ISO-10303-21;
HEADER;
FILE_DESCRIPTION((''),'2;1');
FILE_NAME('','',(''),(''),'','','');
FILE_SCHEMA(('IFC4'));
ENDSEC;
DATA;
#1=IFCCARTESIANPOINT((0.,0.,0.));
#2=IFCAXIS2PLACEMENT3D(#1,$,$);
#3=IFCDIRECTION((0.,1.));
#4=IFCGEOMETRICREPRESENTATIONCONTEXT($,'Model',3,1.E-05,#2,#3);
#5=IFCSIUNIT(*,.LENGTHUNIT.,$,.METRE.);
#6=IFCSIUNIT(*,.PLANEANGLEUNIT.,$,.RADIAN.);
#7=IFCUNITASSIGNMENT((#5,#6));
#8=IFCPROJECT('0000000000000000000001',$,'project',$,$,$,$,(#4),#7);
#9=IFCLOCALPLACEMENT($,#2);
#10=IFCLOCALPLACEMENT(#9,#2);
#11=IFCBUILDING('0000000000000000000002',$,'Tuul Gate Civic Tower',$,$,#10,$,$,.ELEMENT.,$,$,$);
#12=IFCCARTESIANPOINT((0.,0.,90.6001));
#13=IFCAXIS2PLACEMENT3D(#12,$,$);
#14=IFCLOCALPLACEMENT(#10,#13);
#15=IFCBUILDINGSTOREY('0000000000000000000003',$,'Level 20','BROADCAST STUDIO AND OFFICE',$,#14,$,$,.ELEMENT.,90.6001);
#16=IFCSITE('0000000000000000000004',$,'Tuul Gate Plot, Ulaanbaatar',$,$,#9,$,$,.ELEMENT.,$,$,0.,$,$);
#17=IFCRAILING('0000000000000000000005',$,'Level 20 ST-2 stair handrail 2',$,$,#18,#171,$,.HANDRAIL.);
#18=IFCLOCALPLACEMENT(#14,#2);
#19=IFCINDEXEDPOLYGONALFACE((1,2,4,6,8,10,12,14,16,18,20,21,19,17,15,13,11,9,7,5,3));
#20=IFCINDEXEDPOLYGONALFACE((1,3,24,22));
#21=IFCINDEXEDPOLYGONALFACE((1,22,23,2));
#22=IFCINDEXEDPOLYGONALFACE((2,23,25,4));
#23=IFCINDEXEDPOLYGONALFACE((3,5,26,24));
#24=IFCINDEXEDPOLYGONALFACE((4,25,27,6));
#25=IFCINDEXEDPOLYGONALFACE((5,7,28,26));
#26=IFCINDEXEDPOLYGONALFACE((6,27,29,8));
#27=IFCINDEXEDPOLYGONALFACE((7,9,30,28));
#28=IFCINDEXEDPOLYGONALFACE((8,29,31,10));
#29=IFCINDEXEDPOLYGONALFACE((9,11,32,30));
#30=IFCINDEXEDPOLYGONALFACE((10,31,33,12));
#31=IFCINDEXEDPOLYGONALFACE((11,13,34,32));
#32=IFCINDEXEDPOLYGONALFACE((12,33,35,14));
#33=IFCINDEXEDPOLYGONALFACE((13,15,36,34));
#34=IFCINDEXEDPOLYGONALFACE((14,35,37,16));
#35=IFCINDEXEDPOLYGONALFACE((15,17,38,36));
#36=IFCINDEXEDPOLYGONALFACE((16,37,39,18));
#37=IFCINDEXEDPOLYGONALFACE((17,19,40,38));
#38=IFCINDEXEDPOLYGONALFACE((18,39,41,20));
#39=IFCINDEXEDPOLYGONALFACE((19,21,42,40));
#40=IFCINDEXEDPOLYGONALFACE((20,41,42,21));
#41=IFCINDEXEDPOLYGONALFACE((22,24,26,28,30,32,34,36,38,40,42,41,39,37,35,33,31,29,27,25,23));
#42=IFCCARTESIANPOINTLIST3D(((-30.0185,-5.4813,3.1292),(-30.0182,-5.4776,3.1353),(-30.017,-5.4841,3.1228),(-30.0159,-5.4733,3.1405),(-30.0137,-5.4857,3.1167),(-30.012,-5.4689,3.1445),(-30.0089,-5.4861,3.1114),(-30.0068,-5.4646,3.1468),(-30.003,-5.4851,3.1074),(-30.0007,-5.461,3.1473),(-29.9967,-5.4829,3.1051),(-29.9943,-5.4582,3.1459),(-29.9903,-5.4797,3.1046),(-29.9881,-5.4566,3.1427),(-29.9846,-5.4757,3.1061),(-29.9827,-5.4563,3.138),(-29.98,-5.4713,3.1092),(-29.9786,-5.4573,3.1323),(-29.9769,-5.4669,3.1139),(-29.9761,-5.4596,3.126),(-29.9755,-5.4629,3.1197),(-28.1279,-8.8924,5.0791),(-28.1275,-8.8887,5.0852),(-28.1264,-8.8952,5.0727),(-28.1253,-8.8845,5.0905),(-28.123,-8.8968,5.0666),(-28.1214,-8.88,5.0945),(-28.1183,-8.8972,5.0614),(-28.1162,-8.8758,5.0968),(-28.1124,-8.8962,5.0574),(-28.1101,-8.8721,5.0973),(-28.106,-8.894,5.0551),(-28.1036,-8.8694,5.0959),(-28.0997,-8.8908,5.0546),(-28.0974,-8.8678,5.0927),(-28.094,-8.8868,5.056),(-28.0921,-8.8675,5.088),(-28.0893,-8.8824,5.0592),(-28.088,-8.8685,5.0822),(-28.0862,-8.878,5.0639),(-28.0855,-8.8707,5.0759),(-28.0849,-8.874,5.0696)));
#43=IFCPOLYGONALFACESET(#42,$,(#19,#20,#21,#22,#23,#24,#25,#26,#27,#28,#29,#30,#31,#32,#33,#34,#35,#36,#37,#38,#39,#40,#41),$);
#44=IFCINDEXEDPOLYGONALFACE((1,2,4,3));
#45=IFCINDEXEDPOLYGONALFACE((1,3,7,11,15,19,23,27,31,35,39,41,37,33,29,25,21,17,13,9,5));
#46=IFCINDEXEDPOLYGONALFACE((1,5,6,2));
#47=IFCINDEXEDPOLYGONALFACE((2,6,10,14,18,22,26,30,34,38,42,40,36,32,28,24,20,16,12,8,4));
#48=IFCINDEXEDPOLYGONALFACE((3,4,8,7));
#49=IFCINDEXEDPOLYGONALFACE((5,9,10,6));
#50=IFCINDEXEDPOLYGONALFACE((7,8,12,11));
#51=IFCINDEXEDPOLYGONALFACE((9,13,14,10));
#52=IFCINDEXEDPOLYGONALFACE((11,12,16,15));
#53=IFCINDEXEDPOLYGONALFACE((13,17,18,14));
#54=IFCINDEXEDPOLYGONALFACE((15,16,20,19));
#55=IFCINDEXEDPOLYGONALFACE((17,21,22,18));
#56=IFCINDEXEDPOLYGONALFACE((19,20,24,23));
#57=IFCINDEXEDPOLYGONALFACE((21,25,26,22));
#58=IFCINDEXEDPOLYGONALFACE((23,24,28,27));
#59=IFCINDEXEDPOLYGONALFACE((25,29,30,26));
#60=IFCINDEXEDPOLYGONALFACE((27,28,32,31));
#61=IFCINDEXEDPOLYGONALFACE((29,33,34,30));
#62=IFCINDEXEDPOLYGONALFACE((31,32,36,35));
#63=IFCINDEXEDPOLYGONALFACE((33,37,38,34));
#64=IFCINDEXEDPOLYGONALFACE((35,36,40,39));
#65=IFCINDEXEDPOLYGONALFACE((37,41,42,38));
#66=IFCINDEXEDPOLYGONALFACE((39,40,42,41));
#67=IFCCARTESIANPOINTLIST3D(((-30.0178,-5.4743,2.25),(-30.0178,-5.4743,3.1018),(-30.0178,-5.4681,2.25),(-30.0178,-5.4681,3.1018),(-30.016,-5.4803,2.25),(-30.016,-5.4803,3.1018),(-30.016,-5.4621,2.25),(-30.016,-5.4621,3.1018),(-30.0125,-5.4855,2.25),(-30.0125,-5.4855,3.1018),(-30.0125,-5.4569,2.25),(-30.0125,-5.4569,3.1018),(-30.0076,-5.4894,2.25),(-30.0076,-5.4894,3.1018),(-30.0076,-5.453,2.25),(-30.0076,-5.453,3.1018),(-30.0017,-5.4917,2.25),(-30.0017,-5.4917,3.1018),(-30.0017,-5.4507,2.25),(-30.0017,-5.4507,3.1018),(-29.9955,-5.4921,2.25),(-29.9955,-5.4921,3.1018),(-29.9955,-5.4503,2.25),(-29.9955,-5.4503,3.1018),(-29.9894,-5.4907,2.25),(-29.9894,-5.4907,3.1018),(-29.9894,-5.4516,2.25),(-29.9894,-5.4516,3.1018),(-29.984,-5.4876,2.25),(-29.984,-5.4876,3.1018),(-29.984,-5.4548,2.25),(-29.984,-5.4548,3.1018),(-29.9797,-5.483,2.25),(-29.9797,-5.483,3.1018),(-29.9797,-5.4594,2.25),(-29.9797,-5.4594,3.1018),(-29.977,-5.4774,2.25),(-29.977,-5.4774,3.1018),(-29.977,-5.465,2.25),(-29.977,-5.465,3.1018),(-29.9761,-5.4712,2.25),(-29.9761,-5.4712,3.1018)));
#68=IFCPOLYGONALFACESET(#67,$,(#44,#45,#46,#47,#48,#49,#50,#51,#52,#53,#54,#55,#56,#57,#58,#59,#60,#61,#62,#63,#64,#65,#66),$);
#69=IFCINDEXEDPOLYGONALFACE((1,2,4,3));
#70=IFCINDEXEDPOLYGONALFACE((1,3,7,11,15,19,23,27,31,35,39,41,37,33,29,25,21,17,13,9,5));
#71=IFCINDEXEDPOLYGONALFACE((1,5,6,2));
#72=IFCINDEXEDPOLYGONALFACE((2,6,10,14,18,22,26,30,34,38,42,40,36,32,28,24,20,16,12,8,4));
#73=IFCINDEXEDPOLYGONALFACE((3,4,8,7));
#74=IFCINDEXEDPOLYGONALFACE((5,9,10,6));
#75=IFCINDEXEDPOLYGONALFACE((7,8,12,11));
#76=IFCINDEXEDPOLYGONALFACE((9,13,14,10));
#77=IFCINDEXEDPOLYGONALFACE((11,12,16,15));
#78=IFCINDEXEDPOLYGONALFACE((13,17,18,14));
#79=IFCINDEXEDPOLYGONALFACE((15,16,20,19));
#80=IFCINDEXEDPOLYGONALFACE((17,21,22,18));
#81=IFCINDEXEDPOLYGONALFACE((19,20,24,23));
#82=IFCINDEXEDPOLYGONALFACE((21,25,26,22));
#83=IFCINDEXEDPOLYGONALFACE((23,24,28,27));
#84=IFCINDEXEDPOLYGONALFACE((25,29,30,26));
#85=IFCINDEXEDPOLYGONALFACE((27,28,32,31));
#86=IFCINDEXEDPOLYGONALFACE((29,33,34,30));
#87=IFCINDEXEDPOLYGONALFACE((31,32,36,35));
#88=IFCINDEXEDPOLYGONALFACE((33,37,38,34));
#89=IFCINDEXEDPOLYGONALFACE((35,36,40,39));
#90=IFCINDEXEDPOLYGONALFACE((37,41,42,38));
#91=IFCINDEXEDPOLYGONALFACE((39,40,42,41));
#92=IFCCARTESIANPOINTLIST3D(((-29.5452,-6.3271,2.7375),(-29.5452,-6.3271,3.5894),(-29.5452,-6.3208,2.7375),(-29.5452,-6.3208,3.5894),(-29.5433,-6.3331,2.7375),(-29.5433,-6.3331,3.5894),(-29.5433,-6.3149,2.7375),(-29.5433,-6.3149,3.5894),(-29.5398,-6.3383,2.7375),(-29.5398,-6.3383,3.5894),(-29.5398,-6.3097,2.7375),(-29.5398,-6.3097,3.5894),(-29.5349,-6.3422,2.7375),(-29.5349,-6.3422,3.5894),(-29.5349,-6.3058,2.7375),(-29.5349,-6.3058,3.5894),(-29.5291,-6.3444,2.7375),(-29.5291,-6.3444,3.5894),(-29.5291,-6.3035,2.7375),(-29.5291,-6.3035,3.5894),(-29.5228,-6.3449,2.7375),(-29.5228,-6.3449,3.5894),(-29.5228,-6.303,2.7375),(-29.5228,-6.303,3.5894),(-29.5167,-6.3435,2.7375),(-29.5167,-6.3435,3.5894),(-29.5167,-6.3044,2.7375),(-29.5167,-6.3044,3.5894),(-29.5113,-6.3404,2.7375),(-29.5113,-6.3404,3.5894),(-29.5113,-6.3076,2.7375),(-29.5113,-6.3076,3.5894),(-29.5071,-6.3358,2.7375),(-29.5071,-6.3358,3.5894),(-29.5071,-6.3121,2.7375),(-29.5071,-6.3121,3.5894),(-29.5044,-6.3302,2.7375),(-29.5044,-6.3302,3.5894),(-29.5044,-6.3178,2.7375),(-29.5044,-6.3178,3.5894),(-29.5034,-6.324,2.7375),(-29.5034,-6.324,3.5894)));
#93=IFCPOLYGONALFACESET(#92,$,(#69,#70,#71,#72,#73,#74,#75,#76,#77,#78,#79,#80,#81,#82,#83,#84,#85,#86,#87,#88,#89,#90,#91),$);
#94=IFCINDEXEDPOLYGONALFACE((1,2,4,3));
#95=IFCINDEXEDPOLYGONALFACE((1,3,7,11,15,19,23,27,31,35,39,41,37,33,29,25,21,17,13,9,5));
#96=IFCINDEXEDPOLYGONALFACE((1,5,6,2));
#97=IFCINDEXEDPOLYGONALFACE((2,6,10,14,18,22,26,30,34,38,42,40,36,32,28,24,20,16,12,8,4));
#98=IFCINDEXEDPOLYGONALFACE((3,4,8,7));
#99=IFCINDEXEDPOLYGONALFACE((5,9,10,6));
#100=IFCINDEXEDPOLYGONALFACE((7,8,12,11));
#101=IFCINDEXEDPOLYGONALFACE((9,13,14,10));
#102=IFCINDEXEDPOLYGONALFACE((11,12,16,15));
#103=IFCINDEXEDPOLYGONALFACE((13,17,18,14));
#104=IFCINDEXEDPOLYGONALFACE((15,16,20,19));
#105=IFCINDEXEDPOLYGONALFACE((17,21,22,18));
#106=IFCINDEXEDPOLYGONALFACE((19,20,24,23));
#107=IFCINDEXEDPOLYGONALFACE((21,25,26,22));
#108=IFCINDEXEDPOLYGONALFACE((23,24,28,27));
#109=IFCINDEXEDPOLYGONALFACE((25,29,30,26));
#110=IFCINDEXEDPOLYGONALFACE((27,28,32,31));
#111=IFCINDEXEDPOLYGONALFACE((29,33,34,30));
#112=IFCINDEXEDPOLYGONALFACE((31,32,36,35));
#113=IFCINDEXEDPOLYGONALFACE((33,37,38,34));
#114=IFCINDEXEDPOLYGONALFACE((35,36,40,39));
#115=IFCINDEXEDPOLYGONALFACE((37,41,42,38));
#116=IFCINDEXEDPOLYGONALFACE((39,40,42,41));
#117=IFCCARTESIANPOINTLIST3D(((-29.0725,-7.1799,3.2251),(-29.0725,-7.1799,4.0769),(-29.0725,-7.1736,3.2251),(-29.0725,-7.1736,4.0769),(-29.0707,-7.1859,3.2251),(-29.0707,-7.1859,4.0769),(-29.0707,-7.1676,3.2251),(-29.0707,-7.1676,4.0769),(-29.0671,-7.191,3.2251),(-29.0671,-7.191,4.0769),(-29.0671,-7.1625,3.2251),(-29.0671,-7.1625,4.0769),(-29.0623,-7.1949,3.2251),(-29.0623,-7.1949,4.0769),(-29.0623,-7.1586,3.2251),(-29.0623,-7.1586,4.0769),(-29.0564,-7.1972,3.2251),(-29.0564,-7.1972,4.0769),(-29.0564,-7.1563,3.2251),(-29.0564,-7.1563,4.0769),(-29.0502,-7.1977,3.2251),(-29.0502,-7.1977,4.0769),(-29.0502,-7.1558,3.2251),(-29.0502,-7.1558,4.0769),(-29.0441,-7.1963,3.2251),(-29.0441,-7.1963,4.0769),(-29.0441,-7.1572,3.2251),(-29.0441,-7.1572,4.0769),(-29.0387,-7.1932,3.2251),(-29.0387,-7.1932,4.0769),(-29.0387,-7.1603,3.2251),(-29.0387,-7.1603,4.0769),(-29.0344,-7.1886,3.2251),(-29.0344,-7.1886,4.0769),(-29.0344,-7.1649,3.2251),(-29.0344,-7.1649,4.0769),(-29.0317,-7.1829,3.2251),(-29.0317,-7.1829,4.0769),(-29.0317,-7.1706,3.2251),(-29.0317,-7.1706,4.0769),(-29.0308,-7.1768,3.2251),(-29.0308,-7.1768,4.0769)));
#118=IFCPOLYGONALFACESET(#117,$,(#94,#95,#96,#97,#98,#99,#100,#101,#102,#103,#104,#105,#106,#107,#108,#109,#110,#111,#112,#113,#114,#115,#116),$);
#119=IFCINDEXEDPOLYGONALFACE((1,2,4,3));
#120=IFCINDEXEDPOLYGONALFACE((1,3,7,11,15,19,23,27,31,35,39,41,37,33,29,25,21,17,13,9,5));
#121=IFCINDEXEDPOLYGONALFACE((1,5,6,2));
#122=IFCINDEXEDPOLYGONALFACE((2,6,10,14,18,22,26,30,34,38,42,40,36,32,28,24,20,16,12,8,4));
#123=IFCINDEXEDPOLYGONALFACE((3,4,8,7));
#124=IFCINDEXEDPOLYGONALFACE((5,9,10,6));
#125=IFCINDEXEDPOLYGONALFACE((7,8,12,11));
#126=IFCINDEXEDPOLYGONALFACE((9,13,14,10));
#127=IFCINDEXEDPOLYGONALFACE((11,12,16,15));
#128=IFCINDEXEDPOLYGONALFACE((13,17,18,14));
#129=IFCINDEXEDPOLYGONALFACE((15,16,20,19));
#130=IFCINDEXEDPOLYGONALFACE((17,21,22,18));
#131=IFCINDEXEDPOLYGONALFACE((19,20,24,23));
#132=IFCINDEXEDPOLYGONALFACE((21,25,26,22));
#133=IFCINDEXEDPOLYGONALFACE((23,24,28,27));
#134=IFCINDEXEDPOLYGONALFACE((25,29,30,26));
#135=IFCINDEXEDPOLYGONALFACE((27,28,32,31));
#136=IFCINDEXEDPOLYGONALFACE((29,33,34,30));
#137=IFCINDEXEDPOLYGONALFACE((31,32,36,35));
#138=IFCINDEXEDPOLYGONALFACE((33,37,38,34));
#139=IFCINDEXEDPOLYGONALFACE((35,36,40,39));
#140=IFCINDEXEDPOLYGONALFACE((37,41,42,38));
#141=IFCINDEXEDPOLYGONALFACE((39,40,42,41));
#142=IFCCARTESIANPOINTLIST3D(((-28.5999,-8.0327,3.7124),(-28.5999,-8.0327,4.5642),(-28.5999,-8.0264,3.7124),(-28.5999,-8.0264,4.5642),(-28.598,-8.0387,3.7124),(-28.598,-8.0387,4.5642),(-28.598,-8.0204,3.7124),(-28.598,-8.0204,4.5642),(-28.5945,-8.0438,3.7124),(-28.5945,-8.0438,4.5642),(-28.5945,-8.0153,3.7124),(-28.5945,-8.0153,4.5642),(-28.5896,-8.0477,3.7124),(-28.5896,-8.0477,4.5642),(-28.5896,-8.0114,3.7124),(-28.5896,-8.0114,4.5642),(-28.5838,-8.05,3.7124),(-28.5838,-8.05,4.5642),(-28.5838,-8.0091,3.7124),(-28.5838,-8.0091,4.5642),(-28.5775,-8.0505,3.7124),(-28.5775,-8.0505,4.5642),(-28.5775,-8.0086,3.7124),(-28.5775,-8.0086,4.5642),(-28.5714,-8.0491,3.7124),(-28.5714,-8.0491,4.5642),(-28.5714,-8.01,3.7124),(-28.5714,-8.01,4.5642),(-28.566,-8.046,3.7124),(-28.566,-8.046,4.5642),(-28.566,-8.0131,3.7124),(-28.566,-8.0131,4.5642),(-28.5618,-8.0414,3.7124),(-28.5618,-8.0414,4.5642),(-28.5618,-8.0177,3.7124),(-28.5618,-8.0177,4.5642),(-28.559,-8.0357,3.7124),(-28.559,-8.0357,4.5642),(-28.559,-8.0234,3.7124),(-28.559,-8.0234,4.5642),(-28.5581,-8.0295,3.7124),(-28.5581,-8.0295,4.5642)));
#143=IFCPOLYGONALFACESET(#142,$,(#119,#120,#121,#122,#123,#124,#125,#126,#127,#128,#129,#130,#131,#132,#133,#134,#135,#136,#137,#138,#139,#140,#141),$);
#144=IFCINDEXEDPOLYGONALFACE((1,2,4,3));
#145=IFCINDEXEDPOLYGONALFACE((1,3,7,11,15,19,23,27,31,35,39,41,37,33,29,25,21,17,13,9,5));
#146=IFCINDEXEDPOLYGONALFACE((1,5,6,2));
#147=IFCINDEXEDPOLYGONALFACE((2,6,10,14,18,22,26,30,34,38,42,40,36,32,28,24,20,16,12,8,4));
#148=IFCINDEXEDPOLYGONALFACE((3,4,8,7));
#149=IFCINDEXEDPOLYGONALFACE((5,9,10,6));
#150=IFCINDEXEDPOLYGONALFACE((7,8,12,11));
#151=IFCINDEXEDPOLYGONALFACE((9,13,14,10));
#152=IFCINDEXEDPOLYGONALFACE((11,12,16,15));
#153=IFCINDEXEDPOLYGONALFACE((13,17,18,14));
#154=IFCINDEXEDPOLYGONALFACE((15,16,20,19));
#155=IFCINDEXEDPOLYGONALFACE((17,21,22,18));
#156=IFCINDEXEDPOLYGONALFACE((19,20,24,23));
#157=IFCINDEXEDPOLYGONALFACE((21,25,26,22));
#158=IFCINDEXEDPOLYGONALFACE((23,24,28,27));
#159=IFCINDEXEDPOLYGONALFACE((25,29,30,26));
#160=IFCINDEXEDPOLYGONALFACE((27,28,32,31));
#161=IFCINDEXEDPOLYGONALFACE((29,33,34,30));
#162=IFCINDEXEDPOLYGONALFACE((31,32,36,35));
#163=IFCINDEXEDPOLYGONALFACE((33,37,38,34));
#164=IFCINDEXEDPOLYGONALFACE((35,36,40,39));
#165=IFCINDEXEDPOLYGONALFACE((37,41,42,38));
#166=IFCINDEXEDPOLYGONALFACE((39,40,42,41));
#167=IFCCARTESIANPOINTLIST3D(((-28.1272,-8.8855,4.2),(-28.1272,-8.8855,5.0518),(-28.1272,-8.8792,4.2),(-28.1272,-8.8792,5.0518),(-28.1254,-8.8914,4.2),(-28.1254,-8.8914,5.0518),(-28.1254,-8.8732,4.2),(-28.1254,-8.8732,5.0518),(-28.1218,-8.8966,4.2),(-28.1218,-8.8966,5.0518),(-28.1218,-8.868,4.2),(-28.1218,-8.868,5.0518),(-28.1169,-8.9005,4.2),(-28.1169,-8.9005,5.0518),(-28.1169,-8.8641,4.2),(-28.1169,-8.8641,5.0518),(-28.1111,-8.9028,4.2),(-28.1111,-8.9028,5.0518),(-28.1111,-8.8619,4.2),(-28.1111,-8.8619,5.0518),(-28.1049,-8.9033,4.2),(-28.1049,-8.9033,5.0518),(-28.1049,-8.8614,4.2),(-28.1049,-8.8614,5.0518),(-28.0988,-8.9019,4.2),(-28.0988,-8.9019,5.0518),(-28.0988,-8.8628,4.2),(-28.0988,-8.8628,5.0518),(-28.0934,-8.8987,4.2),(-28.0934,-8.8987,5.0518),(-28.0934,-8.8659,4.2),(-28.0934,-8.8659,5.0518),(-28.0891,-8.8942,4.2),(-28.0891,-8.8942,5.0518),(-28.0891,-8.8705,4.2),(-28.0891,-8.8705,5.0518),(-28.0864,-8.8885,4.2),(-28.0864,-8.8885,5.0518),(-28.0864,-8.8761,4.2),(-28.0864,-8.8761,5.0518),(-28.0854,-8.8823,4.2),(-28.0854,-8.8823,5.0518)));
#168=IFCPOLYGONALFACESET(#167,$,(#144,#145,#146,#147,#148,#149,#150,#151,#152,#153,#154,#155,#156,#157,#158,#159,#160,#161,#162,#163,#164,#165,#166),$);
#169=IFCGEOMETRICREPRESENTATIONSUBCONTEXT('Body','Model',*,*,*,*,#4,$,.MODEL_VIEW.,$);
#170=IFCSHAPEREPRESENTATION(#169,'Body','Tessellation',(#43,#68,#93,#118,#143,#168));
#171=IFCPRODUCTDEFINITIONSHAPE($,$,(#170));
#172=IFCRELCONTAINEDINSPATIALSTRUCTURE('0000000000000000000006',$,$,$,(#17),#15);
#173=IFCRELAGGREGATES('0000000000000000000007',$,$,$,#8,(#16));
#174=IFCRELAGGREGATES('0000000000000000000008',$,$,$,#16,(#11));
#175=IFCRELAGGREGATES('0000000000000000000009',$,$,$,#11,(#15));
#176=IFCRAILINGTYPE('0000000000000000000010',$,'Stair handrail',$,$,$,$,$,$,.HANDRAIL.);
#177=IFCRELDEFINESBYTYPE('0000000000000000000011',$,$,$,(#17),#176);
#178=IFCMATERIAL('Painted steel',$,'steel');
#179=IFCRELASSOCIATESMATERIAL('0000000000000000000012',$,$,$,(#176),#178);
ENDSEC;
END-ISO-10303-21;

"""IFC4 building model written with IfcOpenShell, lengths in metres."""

from ifc_helpers import new_model, si_unit, direction, frame, origin, origin_2d, place, context, subcontext, project, spatial, circle, extrude, material, type_object, element, save


model = new_model("IFC4")

# Units and contexts
model_context = context("Model", 3, precision=1e-05, world=origin(), true_north=direction((0.0, 1.0)))
body_context = subcontext(model_context, "Body", "Model", "MODEL_VIEW")
ifc_project = project(units=[si_unit("LENGTHUNIT", "METRE"), si_unit("PLANEANGLEUNIT", "RADIAN")], contexts=[model_context])

# Site, building, storey
site_placement = place(None, origin())
site = spatial("IfcSite", under=ifc_project, at=site_placement, Name="Tuul Gate Plot, Ulaanbaatar", CompositionType="ELEMENT", RefElevation=0.0)
building_placement = place(site_placement, origin())
building = spatial("IfcBuilding", under=site, at=building_placement, Name="Tuul Gate Civic Tower", CompositionType="ELEMENT")
storey_placement = place(building_placement, frame((0.0, 0.0, 90.6001)))
storey = spatial("IfcBuildingStorey", under=building, at=storey_placement, Name="Level 20", Description="BROADCAST STUDIO AND OFFICE", CompositionType="ELEMENT", Elevation=90.6001)

# Railing
ifc_material_1 = material(Name="Painted steel", Category="steel")
railing_type_1 = type_object("IfcRailingType", Name="Stair handrail", PredefinedType="HANDRAIL", material=ifc_material_1)
railing_1_placement = place(storey_placement, frame((-29.9971, -5.4712, 2.25)))
element("IfcRailing", 1, at=railing_1_placement, inside=storey, type_object=railing_type_1, Name="Level 20 ST-2 stair handrail 2", PredefinedType="HANDRAIL", context=body_context, shape_type="SweptSolid", body=[
    extrude(circle(Radius=0.0239, at=origin_2d()), frame((0.0, 0.0, 0.876), z_axis=(0.433595, -0.782308, 0.447201), x_axis=(0.874641, 0.484771, 0.0)), (0.0, 0.0, 1.0), 4.3604),
    extrude(circle(Radius=0.021, at=origin_2d()), origin(), (0.0, 0.0, 1.0), 0.8518),
    extrude(circle(Radius=0.021, at=origin_2d()), frame((0.4727, -0.8528, 0.4875)), (0.0, 0.0, 1.0), 0.8518),
    extrude(circle(Radius=0.021, at=origin_2d()), frame((0.9453, -1.7056, 0.9751)), (0.0, 0.0, 1.0), 0.8518),
    extrude(circle(Radius=0.021, at=origin_2d()), frame((1.418, -2.5583, 1.4624)), (0.0, 0.0, 1.0), 0.8518),
    extrude(circle(Radius=0.021, at=origin_2d()), frame((1.8906, -3.4111, 1.95)), (0.0, 0.0, 1.0), 0.8518),
])

save(model, "model.ifc")
